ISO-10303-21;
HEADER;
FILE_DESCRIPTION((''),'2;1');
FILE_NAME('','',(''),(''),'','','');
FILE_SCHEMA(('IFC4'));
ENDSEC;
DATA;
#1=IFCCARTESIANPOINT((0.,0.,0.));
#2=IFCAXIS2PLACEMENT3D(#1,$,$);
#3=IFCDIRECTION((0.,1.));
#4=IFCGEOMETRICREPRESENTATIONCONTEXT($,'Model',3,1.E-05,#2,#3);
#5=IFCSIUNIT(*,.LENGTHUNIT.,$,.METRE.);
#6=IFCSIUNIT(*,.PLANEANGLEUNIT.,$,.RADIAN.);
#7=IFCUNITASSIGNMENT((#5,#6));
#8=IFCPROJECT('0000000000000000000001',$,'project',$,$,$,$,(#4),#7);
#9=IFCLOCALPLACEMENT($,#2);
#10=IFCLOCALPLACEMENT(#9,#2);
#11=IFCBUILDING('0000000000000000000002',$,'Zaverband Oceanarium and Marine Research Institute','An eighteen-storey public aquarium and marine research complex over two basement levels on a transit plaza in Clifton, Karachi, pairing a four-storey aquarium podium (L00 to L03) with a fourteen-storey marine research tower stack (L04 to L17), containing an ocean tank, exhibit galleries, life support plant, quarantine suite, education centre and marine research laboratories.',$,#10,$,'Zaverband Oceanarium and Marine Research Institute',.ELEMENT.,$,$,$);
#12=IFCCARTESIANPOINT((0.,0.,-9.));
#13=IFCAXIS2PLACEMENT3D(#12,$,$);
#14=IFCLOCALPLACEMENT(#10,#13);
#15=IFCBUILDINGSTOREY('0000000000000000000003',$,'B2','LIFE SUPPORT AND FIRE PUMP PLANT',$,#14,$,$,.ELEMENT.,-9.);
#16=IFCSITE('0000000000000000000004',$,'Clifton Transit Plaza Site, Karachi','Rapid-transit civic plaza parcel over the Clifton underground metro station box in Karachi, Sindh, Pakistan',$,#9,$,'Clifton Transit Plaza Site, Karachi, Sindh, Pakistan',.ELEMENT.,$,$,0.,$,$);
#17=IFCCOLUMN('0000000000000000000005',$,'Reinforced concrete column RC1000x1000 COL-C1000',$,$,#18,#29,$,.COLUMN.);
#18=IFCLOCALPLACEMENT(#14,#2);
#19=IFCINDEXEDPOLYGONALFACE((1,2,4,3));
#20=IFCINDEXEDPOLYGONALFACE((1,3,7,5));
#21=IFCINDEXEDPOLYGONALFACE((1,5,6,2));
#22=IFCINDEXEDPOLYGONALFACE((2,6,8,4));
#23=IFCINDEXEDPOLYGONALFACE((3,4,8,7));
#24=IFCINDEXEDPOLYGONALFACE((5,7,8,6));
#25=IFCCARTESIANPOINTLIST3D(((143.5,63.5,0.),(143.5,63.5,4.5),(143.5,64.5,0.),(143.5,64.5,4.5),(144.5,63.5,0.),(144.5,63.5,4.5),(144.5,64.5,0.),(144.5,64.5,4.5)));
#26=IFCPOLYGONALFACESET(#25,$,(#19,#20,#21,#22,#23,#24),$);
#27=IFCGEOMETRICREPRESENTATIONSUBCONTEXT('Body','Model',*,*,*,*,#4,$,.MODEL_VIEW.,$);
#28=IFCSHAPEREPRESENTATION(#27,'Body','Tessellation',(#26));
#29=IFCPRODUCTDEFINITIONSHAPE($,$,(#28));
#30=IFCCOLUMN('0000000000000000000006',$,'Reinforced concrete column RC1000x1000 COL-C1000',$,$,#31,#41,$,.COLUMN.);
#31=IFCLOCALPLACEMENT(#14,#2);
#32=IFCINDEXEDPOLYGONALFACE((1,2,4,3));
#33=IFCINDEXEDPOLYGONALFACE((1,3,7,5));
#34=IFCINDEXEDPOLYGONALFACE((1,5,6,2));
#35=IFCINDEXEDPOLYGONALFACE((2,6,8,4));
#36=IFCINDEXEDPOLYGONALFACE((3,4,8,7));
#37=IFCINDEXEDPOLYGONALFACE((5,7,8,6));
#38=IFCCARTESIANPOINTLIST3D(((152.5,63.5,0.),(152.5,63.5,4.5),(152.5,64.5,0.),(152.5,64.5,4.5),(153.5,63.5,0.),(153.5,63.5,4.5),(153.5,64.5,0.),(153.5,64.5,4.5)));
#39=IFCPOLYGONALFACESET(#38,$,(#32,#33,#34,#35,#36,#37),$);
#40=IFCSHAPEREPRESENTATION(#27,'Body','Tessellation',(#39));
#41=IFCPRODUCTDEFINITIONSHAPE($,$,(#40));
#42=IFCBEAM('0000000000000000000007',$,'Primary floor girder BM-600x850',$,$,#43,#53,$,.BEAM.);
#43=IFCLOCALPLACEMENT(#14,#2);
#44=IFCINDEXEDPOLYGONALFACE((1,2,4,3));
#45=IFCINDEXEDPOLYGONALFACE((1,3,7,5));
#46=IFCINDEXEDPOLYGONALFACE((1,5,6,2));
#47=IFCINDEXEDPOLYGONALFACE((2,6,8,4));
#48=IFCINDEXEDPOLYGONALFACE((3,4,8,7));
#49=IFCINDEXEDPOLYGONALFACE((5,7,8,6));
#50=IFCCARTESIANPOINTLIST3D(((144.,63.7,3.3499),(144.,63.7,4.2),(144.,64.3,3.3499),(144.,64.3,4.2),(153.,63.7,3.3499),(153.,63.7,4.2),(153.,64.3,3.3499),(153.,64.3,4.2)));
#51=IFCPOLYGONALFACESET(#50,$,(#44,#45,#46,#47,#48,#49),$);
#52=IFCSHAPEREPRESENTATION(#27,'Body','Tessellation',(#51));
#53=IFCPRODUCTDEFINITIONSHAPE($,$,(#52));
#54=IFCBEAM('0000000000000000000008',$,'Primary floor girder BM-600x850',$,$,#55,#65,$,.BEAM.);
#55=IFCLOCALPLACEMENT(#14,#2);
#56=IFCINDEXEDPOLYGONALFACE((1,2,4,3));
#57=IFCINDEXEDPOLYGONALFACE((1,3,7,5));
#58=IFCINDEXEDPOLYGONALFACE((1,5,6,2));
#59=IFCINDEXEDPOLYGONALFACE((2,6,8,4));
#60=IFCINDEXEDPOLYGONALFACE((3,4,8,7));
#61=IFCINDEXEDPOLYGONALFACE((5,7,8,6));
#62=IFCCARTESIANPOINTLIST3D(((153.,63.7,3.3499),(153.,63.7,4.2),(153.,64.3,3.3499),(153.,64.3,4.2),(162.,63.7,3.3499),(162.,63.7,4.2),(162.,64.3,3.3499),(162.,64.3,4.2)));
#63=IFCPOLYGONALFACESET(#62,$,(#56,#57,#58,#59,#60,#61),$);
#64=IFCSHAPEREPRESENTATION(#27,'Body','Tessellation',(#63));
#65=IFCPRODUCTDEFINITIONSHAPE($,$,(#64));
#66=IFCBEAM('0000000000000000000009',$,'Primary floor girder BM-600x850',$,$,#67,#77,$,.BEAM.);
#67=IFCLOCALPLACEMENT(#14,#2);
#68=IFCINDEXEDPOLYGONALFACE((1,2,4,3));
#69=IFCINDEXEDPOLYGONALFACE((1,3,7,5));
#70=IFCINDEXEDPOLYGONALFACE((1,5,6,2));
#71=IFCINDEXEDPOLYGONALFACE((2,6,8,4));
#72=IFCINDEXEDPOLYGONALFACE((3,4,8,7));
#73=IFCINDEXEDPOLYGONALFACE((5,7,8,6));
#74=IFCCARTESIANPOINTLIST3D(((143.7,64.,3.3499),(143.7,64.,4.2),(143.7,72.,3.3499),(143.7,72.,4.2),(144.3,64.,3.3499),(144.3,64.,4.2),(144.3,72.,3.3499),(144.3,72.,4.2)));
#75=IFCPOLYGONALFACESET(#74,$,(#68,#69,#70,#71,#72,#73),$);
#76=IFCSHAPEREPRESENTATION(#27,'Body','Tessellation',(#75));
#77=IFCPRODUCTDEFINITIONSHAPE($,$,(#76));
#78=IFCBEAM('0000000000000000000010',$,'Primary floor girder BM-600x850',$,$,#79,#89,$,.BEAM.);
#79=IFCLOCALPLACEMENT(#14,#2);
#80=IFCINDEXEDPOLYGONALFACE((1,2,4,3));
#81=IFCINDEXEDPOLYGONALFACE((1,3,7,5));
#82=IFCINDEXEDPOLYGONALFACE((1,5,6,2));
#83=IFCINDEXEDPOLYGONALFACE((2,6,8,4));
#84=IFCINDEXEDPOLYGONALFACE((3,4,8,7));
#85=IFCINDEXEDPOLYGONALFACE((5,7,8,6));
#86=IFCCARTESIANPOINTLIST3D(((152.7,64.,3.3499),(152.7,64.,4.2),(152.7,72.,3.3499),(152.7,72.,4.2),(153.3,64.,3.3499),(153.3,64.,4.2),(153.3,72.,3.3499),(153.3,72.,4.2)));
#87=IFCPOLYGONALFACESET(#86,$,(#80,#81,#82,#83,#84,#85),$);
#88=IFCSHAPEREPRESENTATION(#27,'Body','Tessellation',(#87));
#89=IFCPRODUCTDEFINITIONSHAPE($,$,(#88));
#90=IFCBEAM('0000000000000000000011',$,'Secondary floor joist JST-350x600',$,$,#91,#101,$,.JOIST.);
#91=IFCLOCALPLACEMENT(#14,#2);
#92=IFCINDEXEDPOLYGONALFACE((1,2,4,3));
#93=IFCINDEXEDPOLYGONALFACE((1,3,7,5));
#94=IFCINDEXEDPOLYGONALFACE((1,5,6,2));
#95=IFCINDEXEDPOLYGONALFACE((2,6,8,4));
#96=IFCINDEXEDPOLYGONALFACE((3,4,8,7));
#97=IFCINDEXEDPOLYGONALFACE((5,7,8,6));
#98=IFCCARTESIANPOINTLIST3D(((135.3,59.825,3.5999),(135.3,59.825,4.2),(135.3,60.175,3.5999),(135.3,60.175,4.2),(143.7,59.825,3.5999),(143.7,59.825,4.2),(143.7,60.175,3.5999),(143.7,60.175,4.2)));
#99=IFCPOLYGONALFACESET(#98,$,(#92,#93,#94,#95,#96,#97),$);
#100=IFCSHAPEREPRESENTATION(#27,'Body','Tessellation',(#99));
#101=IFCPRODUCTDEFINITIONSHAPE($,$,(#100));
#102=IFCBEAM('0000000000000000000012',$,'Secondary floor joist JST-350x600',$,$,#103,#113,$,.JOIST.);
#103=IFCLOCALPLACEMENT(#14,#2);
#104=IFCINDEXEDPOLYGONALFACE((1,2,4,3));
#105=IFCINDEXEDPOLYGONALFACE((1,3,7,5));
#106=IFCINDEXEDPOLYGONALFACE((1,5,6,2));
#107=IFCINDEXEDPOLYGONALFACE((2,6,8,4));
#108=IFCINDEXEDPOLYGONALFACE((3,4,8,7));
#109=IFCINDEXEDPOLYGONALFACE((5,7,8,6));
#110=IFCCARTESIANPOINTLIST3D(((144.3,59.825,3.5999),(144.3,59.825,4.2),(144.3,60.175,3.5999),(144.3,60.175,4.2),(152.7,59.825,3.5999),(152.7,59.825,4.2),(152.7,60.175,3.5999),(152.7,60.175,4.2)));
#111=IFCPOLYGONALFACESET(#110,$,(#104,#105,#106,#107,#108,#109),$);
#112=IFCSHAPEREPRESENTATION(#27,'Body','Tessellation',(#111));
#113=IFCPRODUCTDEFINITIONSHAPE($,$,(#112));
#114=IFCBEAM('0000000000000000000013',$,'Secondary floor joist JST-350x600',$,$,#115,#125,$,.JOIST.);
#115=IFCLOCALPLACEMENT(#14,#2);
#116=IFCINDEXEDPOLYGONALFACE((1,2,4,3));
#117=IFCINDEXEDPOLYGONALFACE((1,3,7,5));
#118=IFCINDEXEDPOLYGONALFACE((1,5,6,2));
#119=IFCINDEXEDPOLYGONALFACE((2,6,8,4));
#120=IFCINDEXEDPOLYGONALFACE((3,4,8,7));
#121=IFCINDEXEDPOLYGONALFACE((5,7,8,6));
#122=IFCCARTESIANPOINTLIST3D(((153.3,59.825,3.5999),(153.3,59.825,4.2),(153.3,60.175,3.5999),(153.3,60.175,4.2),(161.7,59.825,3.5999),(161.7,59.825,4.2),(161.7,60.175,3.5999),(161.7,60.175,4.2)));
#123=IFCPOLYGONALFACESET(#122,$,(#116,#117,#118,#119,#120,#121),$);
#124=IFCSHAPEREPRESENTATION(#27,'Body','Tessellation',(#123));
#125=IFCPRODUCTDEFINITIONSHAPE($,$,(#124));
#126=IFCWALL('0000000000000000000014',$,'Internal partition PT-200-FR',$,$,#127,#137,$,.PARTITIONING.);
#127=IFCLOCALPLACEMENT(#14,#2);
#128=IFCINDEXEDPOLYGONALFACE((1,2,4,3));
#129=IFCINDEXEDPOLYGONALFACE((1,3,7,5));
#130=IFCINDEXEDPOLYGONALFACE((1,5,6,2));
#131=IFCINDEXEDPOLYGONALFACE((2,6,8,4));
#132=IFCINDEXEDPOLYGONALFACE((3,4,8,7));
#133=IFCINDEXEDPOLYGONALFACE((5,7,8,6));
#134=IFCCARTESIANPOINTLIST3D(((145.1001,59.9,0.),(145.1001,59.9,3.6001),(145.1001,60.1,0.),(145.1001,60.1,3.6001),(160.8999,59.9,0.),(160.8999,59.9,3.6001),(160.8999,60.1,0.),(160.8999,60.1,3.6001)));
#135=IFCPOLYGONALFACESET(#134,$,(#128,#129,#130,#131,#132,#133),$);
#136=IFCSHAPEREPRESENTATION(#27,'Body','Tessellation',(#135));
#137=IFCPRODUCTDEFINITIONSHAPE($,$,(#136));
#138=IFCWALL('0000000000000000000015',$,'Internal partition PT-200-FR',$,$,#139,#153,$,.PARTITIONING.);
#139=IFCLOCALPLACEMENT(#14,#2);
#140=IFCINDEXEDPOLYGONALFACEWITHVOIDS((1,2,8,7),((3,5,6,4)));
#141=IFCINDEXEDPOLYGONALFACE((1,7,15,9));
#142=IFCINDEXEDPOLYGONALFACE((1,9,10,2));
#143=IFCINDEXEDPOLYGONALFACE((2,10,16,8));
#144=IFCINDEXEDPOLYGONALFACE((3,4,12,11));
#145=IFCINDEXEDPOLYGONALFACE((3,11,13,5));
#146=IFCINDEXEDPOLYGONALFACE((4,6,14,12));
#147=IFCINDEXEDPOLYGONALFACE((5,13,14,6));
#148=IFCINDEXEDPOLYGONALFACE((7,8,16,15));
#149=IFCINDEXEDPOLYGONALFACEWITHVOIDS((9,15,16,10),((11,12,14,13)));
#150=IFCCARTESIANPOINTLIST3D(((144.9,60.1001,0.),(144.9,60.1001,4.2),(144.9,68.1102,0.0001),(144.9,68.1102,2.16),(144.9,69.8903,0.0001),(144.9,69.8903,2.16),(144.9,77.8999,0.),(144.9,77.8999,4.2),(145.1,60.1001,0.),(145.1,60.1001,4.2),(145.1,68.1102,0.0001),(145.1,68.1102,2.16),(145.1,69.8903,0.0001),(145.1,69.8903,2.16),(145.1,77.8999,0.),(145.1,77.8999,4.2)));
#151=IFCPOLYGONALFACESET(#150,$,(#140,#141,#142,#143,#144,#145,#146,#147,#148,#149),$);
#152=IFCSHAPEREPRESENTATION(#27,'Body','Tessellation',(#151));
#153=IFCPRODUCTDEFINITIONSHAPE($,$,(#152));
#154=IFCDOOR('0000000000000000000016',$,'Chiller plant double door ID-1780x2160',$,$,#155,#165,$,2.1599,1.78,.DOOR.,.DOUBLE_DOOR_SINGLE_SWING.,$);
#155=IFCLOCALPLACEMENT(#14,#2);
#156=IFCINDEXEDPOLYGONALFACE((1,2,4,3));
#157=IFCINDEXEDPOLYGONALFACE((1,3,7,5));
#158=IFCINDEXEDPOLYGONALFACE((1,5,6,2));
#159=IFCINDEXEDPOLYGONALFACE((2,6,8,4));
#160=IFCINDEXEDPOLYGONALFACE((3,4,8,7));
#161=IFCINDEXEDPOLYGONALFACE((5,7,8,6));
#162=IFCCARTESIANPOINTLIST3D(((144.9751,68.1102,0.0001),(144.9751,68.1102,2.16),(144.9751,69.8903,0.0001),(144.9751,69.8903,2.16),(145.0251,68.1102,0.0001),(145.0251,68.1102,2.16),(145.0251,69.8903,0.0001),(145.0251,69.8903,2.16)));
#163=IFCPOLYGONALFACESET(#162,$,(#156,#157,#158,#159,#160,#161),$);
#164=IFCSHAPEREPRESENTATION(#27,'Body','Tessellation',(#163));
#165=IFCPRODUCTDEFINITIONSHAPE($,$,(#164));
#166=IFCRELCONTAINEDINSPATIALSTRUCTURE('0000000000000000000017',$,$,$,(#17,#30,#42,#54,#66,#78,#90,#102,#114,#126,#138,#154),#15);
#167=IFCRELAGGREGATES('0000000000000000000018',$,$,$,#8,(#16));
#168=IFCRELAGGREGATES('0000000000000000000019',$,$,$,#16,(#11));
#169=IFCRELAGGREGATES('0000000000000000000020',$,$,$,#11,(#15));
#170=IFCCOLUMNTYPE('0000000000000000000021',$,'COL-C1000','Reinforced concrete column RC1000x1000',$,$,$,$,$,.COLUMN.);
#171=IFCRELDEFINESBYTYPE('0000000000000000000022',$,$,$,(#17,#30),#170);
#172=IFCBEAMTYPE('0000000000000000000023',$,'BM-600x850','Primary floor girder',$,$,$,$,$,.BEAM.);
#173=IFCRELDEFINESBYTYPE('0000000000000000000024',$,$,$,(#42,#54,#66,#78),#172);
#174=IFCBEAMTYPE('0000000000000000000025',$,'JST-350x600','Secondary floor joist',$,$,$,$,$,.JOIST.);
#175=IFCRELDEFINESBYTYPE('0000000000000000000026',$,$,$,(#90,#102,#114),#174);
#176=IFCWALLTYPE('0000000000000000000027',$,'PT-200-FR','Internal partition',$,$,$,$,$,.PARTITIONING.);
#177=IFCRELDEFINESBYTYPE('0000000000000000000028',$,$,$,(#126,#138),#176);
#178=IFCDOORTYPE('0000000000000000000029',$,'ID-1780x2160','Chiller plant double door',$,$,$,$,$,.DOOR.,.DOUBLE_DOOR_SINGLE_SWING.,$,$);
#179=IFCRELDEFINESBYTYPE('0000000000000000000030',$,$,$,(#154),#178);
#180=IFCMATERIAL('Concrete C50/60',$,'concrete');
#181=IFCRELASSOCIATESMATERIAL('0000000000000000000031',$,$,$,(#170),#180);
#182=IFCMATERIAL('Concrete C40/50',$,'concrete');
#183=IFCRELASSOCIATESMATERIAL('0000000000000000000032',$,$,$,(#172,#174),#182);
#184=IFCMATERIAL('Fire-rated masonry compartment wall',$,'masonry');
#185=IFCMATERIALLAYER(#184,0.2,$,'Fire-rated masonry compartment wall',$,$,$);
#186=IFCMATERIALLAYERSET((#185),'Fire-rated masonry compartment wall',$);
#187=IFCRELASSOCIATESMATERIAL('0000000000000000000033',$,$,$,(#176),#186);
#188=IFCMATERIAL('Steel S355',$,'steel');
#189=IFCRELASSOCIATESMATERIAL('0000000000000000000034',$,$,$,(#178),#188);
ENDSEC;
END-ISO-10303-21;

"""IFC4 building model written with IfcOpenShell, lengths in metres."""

from ifc_helpers import new_model, si_unit, direction, frame, frame_2d, origin, origin_2d, place, context, subcontext, project, spatial, rectangle, extrude, material, layer, layer_set, material_profile, profile_set, type_object, element, fill, save


model = new_model("IFC4")

# Units and contexts
model_context = context("Model", 3, precision=1e-05, world=origin(), true_north=direction((0.0, 1.0)))
body_context = subcontext(model_context, "Body", "Model", "MODEL_VIEW")
ifc_project = project(units=[si_unit("LENGTHUNIT", "METRE"), si_unit("PLANEANGLEUNIT", "RADIAN")], contexts=[model_context])

# Site, building, storey
site_placement = place(None, origin())
site = spatial("IfcSite", under=ifc_project, at=site_placement, Name="Clifton Transit Plaza Site, Karachi", Description="Rapid-transit civic plaza parcel over the Clifton underground metro station box in Karachi, Sindh, Pakistan", LongName="Clifton Transit Plaza Site, Karachi, Sindh, Pakistan", CompositionType="ELEMENT", RefElevation=0.0)
building_placement = place(site_placement, origin())
building = spatial("IfcBuilding", under=site, at=building_placement, Name="Zaverband Oceanarium and Marine Research Institute", Description="An eighteen-storey public aquarium and marine research complex over two basement levels on a transit plaza in Clifton, Karachi, pairing a four-storey aquarium podium (L00 to L03) with a fourteen-storey marine research tower stack (L04 to L17), containing an ocean tank, exhibit galleries, life support plant, quarantine suite, education centre and marine research laboratories.", LongName="Zaverband Oceanarium and Marine Research Institute", CompositionType="ELEMENT")
storey_placement = place(building_placement, frame((0.0, 0.0, -9.0)))
storey = spatial("IfcBuildingStorey", under=building, at=storey_placement, Name="B2", Description="LIFE SUPPORT AND FIRE PUMP PLANT", CompositionType="ELEMENT", Elevation=-9.0)

# Shared definitions
ifc_material_1 = material(Name="Concrete C50/60", Category="concrete")

# Columns
ifc_material_profile_1 = material_profile(ifc_material_1, rectangle(XDim=1.0, YDim=1.0, at=origin_2d()), Name="RC1000x1000")
ifc_profile_set_1 = profile_set([ifc_material_profile_1], Name="Concrete C50/60")
column_type = type_object("IfcColumnType", Name="COL-C1000", Description="Reinforced concrete column RC1000x1000", PredefinedType="COLUMN", material=ifc_profile_set_1)
for number, where, z_axis, x_axis, name in (
    (1, (144.0, 64.0, 0.0), (0.0, 0.0, 1.0), (1.0, 0.0, 0.0), "Reinforced concrete column RC1000x1000 COL-C1000"),
    (2, (153.0, 64.0, 0.0), (0.0, 0.0, 1.0), (1.0, 0.0, 0.0), "Reinforced concrete column RC1000x1000 COL-C1000"),
):
    element("IfcColumn", number, at=place(storey_placement, frame(where, z_axis=z_axis, x_axis=x_axis)), inside=storey, type_object=column_type, Name=name, PredefinedType="COLUMN", context=body_context, shape_type="SweptSolid", body=[
        extrude(rectangle(XDim=1.0, YDim=1.0, at=origin_2d()), origin(), (0.0, 0.0, 1.0), 4.5),
    ])

# Beams
ifc_material_2 = material(Name="Concrete C40/50", Category="concrete")
ifc_material_profile_2 = material_profile(ifc_material_2, rectangle(XDim=0.6001, YDim=0.8501, at=origin_2d()), Name="RC600x850")
ifc_profile_set_2 = profile_set([ifc_material_profile_2], Name="Concrete C40/50")
beam_type_1 = type_object("IfcBeamType", Name="BM-600x850", Description="Primary floor girder", PredefinedType="BEAM", material=ifc_profile_set_2)
for number, where, z_axis, x_axis, name in (
    (3, (144.0, 64.0, 3.7749), (1.0, 0.0, 0.0), (0.0, 1.0, 0.0), "Primary floor girder BM-600x850"),
    (4, (153.0, 64.0, 3.7749), (1.0, 0.0, 0.0), (0.0, 1.0, 0.0), "Primary floor girder BM-600x850"),
):
    element("IfcBeam", number, at=place(storey_placement, frame(where, z_axis=z_axis, x_axis=x_axis)), inside=storey, type_object=beam_type_1, Name=name, PredefinedType="BEAM", context=body_context, shape_type="SweptSolid", body=[
        extrude(rectangle(XDim=0.6001, YDim=0.8501, at=origin_2d()), origin(), (0.0, 0.0, 1.0), 9.0),
    ])
for number, where, z_axis, x_axis, name in (
    (5, (144.0, 64.0, 3.7749), (0.0, 1.0, 0.0), (-1.0, 0.0, 0.0), "Primary floor girder BM-600x850"),
    (6, (153.0, 64.0, 3.7749), (0.0, 1.0, 0.0), (-1.0, 0.0, 0.0), "Primary floor girder BM-600x850"),
):
    element("IfcBeam", number, at=place(storey_placement, frame(where, z_axis=z_axis, x_axis=x_axis)), inside=storey, type_object=beam_type_1, Name=name, PredefinedType="BEAM", context=body_context, shape_type="SweptSolid", body=[
        extrude(rectangle(XDim=0.6001, YDim=0.8501, at=origin_2d()), origin(), (0.0, 0.0, 1.0), 8.0),
    ])
ifc_material_profile_3 = material_profile(ifc_material_2, rectangle(XDim=0.3501, YDim=0.6001, at=origin_2d()), Name="RC350x600")
ifc_profile_set_3 = profile_set([ifc_material_profile_3], Name="Concrete C40/50")
beam_type_2 = type_object("IfcBeamType", Name="JST-350x600", Description="Secondary floor joist", PredefinedType="JOIST", material=ifc_profile_set_3)
for number, where, z_axis, x_axis, name in (
    (7, (135.3, 60.0, 3.8999), (1.0, 0.0, 0.0), (0.0, 1.0, 0.0), "Secondary floor joist JST-350x600"),
    (8, (144.3, 60.0, 3.8999), (1.0, 0.0, 0.0), (0.0, 1.0, 0.0), "Secondary floor joist JST-350x600"),
    (9, (153.3, 60.0, 3.8999), (1.0, 0.0, 0.0), (0.0, 1.0, 0.0), "Secondary floor joist JST-350x600"),
):
    element("IfcBeam", number, at=place(storey_placement, frame(where, z_axis=z_axis, x_axis=x_axis)), inside=storey, type_object=beam_type_2, Name=name, PredefinedType="JOIST", context=body_context, shape_type="SweptSolid", body=[
        extrude(rectangle(XDim=0.3501, YDim=0.6001, at=origin_2d()), origin(), (0.0, 0.0, 1.0), 8.3999),
    ])

# Wall
ifc_material_3 = material(Name="Fire-rated masonry compartment wall", Category="masonry")
ifc_layer_1 = layer(ifc_material_3, 0.2, Name="Fire-rated masonry compartment wall")
ifc_layer_set_1 = layer_set([ifc_layer_1], Name="Fire-rated masonry compartment wall")
wall_type = type_object("IfcWallType", Name="PT-200-FR", Description="Internal partition", PredefinedType="PARTITIONING", material=ifc_layer_set_1)
wall_1_placement = place(storey_placement, frame((145.1001, 60.0, 0.0), z_axis=(0.0, 0.0, 1.0), x_axis=(1.0, 0.0, 0.0)))
element("IfcWall", 10, at=wall_1_placement, inside=storey, type_object=wall_type, Name="Internal partition PT-200-FR", PredefinedType="PARTITIONING", context=body_context, shape_type="SweptSolid", body=[
    extrude(rectangle(XDim=15.7998, YDim=0.2, at=frame_2d((7.8999, 0.0))), origin(), (0.0, 0.0, 1.0), 3.6001),
])

# Wall, opening, door
wall_2_placement = place(storey_placement, frame((145.0, 60.1001, 0.0), z_axis=(0.0, 0.0, 1.0), x_axis=(0.0, 1.0, 0.0)))
wall_2 = element("IfcWall", 11, at=wall_2_placement, inside=storey, type_object=wall_type, Name="Internal partition PT-200-FR", PredefinedType="PARTITIONING", context=body_context, shape_type="SweptSolid", body=[
    extrude(rectangle(XDim=17.7998, YDim=0.2, at=frame_2d((8.8999, 0.0))), origin(), (0.0, 0.0, 1.0), 4.2),
])
opening_placement = place(wall_2_placement, frame((8.01, 0.0, 0.0)))
opening = element("IfcOpeningElement", 12, at=opening_placement, cuts=wall_2, PredefinedType="OPENING", context=body_context, shape_type="SweptSolid", body=[
    extrude(rectangle(XDim=1.78, YDim=2.1599, at=frame_2d((0.8901, 1.0801))), frame((0.0, 0.1118, 0.0), z_axis=(0.0, -1.0, 0.0), x_axis=(1.0, 0.0, 0.0)), (0.0, 0.0, 1.0), 0.2239),
])
ifc_material_4 = material(Name="Steel S355", Category="steel")
door_type = type_object("IfcDoorType", Name="ID-1780x2160", Description="Chiller plant double door", OperationType="DOUBLE_DOOR_SINGLE_SWING", PredefinedType="DOOR", material=ifc_material_4)
door_placement = place(opening_placement, origin())
door = element("IfcDoor", 13, at=door_placement, inside=storey, type_object=door_type, Name="Chiller plant double door ID-1780x2160", OperationType="DOUBLE_DOOR_SINGLE_SWING", OverallHeight=2.1599, OverallWidth=1.78, PredefinedType="DOOR", context=body_context, shape_type="SweptSolid", body=[
    extrude(rectangle(XDim=1.78, YDim=2.1599, at=frame_2d((0.8901, 1.0801))), frame((0.0, 0.0249, 0.0), z_axis=(0.0, -1.0, 0.0), x_axis=(1.0, 0.0, 0.0)), (0.0, 0.0, 1.0), 0.05),
])
fill(opening, door)

save(model, "model.ifc")
